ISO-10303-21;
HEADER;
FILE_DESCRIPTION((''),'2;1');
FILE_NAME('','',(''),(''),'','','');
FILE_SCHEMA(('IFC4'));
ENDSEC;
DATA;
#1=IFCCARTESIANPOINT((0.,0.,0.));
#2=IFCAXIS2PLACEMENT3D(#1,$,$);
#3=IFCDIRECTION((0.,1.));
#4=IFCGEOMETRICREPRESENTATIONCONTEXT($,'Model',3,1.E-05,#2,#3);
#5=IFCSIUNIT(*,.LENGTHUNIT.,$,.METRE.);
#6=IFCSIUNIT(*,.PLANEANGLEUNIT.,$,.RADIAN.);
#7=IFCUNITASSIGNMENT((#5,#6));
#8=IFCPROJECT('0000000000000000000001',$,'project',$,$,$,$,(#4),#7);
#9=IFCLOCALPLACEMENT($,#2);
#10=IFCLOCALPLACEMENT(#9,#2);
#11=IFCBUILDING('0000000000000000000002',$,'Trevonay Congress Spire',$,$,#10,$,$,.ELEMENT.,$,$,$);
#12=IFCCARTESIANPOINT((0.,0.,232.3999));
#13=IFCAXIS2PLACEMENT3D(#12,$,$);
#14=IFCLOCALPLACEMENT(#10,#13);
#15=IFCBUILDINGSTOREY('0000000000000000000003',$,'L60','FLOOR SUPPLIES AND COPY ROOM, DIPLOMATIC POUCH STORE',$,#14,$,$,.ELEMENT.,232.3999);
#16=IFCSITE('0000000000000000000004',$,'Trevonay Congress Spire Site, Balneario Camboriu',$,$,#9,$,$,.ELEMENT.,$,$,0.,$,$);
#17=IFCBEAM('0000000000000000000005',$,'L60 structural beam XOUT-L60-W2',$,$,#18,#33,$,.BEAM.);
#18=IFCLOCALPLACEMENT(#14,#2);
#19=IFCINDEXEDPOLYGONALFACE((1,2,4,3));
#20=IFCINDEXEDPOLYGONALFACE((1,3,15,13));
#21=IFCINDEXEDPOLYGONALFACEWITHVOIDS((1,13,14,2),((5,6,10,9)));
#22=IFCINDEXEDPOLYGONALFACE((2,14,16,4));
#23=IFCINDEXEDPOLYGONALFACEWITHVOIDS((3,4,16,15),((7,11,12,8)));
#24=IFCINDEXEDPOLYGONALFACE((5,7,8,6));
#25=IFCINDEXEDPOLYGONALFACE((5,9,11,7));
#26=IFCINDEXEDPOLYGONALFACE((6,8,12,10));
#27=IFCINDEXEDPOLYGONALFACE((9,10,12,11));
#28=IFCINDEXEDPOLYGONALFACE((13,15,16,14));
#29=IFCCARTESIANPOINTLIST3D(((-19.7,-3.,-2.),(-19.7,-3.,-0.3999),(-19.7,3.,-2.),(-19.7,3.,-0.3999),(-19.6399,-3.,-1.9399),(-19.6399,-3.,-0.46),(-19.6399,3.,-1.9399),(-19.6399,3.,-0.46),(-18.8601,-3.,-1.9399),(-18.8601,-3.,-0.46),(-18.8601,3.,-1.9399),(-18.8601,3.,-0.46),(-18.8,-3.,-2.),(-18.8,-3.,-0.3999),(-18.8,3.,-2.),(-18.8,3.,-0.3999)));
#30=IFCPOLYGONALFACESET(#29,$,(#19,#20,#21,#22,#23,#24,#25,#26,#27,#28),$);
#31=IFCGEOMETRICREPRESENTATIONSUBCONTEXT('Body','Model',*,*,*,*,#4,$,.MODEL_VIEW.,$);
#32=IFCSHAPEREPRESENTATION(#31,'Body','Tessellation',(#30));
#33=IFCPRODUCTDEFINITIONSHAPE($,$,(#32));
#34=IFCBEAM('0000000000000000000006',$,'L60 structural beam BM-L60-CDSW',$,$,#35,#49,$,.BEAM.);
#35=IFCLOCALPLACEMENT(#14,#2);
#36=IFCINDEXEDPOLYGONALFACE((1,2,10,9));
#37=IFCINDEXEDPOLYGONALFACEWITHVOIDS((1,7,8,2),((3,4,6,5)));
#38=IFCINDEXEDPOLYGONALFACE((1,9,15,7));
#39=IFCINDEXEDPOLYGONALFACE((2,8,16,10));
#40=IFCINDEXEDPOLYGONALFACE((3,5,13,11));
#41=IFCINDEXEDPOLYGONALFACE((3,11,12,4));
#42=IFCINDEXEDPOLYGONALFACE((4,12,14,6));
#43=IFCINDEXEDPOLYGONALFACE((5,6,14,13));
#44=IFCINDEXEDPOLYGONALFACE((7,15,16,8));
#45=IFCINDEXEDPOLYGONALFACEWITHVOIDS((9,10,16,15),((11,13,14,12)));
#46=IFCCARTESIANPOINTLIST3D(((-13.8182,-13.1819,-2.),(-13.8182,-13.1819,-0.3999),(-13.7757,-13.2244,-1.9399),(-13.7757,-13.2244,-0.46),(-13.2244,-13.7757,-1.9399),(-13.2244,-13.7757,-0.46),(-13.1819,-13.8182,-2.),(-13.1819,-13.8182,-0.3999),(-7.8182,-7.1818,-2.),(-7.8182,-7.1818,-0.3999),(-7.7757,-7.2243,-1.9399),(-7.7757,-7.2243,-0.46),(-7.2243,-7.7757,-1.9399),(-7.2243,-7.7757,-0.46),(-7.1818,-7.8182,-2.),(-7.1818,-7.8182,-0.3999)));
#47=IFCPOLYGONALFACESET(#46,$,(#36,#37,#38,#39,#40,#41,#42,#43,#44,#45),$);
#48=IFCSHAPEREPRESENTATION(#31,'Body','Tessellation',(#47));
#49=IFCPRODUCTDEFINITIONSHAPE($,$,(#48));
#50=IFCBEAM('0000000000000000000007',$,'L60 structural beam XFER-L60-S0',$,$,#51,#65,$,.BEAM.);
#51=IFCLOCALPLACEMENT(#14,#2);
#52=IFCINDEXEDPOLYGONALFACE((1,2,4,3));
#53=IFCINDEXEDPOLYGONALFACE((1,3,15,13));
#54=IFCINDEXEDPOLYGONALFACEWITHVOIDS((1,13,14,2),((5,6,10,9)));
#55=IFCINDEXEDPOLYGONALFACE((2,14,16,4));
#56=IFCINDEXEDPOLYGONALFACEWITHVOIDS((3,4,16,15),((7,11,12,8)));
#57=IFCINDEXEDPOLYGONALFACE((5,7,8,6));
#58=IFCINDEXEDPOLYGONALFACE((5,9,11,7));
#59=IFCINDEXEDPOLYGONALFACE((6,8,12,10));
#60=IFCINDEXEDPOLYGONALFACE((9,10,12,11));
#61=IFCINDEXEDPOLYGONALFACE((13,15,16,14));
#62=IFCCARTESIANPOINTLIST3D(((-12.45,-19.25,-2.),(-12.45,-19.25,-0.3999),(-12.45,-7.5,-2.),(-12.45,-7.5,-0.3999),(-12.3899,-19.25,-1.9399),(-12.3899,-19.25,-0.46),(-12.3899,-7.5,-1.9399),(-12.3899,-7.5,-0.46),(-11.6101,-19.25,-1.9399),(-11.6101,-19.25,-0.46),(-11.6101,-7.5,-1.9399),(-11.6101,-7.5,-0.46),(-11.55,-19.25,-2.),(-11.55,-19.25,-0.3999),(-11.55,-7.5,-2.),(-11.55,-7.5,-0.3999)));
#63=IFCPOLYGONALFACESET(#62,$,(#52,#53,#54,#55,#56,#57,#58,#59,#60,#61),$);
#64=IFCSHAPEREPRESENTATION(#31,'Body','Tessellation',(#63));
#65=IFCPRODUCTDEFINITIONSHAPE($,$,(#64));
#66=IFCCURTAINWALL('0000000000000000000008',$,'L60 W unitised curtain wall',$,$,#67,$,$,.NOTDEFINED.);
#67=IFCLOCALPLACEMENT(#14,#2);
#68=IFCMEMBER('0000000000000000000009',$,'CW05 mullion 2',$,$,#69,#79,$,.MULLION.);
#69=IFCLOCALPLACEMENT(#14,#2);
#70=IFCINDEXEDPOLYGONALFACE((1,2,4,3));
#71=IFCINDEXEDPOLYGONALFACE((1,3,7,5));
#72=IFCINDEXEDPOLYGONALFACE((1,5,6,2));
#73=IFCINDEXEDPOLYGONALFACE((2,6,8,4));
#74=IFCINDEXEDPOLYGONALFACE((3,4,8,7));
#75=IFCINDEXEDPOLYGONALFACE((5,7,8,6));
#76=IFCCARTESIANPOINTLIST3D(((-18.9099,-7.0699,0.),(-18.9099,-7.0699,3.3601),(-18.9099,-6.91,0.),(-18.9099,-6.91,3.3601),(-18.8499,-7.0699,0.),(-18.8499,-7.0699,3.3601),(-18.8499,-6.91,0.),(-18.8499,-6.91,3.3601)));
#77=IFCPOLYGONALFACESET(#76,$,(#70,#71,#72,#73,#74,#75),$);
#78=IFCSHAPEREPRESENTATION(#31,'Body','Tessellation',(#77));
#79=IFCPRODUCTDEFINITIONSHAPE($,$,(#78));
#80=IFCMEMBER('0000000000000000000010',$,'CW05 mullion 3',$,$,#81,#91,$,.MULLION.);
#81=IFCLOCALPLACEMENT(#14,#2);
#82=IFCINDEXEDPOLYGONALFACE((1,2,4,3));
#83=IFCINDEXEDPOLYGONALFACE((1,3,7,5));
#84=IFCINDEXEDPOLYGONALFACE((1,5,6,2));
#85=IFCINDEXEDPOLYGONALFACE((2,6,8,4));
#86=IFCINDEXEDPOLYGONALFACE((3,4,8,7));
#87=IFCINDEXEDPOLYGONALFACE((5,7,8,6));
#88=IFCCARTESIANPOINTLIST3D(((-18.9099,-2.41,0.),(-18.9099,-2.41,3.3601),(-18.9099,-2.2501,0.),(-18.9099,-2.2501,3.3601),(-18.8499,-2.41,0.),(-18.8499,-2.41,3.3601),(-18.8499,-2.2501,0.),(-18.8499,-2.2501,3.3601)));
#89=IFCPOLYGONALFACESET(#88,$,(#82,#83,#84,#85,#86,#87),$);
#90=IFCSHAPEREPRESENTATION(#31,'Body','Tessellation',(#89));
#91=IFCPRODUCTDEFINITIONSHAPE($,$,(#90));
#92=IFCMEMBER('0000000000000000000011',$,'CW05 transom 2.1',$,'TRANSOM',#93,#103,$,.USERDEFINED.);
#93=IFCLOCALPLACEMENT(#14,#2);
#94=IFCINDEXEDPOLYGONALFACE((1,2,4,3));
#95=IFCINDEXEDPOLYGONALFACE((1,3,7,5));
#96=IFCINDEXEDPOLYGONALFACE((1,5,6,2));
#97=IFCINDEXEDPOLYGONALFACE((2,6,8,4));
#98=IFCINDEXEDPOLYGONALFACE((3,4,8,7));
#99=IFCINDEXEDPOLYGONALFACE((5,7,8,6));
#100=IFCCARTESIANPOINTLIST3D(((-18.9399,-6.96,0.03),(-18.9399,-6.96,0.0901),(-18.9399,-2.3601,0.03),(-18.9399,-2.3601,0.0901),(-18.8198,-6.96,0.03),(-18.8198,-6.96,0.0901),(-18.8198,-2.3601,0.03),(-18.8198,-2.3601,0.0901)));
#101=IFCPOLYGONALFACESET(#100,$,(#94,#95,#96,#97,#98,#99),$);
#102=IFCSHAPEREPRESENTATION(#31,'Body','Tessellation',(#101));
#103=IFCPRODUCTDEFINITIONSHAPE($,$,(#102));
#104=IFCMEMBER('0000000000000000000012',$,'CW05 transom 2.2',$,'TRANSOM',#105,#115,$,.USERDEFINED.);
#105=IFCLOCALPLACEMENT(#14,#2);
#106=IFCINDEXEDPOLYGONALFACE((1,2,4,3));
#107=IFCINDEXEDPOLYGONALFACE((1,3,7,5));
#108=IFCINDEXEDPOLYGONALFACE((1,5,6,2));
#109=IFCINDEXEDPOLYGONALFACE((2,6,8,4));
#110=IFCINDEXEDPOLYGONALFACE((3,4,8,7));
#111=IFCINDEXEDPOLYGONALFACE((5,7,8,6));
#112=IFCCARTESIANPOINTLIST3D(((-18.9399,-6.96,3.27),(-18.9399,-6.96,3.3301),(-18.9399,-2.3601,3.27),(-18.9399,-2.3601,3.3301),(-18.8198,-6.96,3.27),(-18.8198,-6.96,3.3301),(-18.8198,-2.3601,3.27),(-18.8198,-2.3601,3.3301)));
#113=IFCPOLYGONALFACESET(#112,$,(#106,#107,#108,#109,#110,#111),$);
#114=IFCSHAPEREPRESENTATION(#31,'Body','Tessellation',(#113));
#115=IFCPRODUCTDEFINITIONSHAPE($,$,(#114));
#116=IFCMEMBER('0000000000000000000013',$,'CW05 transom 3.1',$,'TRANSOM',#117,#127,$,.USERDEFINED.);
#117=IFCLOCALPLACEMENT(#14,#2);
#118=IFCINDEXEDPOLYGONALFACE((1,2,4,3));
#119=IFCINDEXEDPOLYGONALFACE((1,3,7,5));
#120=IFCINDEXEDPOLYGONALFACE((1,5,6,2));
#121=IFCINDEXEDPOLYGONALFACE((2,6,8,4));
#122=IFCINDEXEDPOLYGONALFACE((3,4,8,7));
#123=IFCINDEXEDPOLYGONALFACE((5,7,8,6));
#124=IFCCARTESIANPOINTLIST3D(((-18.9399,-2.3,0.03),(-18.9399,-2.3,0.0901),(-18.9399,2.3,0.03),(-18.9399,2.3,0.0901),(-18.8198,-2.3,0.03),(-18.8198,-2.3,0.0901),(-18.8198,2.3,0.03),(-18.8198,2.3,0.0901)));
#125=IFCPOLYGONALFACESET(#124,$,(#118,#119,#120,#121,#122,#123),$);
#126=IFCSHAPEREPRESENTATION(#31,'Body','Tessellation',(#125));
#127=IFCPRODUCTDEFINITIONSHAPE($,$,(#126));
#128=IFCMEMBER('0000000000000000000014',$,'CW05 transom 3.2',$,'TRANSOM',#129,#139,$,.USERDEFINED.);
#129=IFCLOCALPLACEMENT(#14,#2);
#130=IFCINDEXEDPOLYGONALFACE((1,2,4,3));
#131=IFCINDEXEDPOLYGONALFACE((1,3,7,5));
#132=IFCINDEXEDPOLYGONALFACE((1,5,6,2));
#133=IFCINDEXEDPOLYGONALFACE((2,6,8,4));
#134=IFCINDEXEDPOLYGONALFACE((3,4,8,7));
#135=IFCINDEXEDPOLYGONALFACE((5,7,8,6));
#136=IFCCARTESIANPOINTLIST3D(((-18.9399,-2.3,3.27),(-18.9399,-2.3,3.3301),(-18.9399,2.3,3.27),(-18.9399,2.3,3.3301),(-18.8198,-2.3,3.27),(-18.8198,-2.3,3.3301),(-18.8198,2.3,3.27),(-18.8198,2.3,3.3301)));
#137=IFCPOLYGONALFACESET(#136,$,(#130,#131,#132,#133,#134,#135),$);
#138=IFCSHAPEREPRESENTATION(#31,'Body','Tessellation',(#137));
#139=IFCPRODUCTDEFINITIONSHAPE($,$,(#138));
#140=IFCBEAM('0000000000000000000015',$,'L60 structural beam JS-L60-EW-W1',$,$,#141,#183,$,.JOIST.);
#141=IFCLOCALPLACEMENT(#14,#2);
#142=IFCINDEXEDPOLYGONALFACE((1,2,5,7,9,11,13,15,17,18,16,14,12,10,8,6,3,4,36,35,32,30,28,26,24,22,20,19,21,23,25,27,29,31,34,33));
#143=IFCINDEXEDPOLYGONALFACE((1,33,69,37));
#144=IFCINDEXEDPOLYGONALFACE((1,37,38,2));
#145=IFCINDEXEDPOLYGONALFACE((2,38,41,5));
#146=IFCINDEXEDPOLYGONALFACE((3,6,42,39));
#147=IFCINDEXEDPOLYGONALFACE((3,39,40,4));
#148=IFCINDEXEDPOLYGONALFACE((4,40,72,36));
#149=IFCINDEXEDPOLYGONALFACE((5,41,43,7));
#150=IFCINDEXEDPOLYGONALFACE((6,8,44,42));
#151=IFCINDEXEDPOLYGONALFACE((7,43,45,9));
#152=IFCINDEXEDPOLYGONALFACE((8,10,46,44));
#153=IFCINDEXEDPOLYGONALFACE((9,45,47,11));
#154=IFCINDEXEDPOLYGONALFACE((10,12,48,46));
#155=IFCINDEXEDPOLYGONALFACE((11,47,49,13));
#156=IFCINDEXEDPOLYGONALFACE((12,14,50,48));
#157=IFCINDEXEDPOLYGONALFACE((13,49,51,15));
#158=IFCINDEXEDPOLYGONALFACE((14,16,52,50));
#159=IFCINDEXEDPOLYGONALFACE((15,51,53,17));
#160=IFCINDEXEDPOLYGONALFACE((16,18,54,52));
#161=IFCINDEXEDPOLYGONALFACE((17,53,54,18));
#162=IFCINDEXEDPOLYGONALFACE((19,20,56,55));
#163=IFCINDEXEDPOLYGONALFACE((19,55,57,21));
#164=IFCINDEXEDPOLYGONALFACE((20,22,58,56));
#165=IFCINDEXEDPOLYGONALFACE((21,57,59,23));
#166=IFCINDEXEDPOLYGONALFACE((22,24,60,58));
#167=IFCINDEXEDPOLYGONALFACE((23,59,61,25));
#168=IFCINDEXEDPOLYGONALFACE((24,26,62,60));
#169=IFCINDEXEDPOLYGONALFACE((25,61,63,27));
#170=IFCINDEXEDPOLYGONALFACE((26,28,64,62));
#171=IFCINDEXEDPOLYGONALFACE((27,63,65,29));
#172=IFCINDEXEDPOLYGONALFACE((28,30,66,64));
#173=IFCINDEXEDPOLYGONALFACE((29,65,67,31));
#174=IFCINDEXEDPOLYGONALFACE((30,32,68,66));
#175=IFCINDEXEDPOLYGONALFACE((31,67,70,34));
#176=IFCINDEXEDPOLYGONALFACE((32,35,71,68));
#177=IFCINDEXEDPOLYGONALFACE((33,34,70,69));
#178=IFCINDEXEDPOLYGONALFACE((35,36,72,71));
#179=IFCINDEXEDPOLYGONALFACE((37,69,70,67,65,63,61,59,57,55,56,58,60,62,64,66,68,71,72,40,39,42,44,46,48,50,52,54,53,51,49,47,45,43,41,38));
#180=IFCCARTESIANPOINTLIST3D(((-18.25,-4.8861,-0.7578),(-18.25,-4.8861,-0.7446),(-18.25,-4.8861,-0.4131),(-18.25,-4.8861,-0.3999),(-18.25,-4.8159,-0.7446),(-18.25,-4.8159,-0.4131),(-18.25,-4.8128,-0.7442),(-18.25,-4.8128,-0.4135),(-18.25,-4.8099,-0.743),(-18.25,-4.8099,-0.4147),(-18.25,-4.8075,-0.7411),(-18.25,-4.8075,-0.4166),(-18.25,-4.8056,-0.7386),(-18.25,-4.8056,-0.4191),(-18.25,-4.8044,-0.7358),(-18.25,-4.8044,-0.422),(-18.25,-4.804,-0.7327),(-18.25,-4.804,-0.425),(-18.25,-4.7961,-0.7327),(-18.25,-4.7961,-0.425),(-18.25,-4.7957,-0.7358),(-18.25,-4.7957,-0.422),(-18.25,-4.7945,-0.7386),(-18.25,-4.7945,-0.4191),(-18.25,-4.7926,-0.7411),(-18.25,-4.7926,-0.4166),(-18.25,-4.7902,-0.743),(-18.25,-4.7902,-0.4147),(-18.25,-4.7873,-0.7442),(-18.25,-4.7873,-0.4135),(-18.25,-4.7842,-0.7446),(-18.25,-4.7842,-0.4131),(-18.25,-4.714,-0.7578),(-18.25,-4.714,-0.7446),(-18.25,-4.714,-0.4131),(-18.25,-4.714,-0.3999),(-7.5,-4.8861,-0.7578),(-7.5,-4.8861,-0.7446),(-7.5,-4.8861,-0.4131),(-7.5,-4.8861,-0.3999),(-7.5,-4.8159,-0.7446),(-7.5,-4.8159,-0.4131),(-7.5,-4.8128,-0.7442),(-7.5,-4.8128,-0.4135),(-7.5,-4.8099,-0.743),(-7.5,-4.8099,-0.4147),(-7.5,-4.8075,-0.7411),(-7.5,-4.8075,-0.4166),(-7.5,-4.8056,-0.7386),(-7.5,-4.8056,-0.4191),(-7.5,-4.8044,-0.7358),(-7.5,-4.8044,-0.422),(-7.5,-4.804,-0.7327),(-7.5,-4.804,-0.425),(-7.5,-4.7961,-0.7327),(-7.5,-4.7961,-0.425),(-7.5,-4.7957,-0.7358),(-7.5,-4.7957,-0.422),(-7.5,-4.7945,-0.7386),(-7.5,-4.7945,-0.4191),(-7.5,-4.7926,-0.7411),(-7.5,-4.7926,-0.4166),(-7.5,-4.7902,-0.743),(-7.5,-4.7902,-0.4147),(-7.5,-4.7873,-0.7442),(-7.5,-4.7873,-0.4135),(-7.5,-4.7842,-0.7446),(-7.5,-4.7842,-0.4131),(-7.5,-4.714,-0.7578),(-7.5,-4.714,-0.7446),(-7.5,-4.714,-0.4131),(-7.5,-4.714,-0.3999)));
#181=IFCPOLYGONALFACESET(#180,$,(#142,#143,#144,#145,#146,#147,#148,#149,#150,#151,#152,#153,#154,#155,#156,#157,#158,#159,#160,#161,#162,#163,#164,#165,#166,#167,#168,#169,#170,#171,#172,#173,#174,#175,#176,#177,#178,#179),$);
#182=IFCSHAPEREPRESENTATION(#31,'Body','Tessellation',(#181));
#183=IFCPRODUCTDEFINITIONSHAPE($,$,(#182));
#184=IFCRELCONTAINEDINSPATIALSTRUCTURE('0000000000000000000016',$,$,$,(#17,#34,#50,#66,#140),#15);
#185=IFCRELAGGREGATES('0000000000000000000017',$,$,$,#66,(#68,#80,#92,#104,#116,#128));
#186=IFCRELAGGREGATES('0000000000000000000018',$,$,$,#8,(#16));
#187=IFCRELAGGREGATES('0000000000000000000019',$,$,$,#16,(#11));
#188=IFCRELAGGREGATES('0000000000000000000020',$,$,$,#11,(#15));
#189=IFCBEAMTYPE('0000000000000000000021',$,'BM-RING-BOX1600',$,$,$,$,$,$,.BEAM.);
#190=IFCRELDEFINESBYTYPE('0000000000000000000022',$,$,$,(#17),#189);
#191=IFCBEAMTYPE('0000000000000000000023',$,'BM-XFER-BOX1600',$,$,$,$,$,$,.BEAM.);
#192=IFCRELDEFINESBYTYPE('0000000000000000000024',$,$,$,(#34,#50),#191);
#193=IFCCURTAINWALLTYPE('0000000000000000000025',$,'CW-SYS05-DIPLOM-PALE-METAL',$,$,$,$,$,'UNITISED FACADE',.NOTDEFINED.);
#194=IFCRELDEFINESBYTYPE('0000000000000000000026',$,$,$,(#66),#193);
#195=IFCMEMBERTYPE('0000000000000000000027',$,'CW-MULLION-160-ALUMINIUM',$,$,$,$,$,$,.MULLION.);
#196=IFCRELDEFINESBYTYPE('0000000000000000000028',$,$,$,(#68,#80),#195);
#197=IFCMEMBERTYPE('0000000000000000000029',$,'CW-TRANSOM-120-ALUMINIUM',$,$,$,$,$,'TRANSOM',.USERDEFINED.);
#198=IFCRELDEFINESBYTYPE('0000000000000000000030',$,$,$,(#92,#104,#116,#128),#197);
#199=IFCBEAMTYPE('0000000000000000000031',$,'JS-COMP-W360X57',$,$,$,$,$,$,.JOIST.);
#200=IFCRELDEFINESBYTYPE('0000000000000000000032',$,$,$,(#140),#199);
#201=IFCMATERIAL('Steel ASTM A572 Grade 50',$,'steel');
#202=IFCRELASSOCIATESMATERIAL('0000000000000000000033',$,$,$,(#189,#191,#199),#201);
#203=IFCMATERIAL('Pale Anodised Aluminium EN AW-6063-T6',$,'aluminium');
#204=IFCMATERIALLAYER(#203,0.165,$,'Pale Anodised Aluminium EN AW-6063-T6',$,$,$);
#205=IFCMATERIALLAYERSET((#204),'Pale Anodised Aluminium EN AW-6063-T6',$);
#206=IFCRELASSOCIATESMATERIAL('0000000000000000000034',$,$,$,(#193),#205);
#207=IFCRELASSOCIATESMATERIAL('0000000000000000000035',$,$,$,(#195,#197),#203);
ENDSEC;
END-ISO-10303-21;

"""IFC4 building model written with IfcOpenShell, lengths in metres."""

from ifc_helpers import new_model, si_unit, direction, frame, origin, origin_2d, place, context, subcontext, project, spatial, rectangle, hollow_rectangle, i_section, extrude, material, layer, layer_set, material_profile, profile_set, type_object, element, aggregate, save


model = new_model("IFC4")

# Units and contexts
model_context = context("Model", 3, precision=1e-05, world=origin(), true_north=direction((0.0, 1.0)))
body_context = subcontext(model_context, "Body", "Model", "MODEL_VIEW")
ifc_project = project(units=[si_unit("LENGTHUNIT", "METRE"), si_unit("PLANEANGLEUNIT", "RADIAN")], contexts=[model_context])

# Site, building, storey
site_placement = place(None, origin())
site = spatial("IfcSite", under=ifc_project, at=site_placement, Name="Trevonay Congress Spire Site, Balneario Camboriu", CompositionType="ELEMENT", RefElevation=0.0)
building_placement = place(site_placement, origin())
building = spatial("IfcBuilding", under=site, at=building_placement, Name="Trevonay Congress Spire", CompositionType="ELEMENT")
storey_placement = place(building_placement, frame((0.0, 0.0, 232.3999)))
storey = spatial("IfcBuildingStorey", under=building, at=storey_placement, Name="L60", Description="FLOOR SUPPLIES AND COPY ROOM, DIPLOMATIC POUCH STORE", CompositionType="ELEMENT", Elevation=232.3999)

# Shared definitions
ifc_material_1 = material(Name="Steel ASTM A572 Grade 50", Category="steel")

# Beams
ifc_material_profile_1 = material_profile(ifc_material_1, hollow_rectangle(XDim=0.8999, YDim=1.6001, WallThickness=0.0601, at=origin_2d()), Name="BOX 1600x900x60")
ifc_profile_set_1 = profile_set([ifc_material_profile_1], Name="Steel ASTM A572 Grade 50")
beam_type_1 = type_object("IfcBeamType", Name="BM-RING-BOX1600", PredefinedType="BEAM", material=ifc_profile_set_1)
beam_1_placement = place(storey_placement, frame((-19.25, -3.0, -1.2), z_axis=(0.0, 1.0, 0.0), x_axis=(-1.0, 0.0, 0.0)))
element("IfcBeam", 1, at=beam_1_placement, inside=storey, type_object=beam_type_1, Name="L60 structural beam XOUT-L60-W2", PredefinedType="BEAM", context=body_context, shape_type="SweptSolid", body=[
    extrude(hollow_rectangle(XDim=0.8999, YDim=1.6001, WallThickness=0.0601, at=origin_2d()), origin(), (0.0, 0.0, 1.0), 6.0),
])
ifc_material_profile_2 = material_profile(ifc_material_1, hollow_rectangle(XDim=0.8999, YDim=1.6001, WallThickness=0.0601, at=origin_2d()), Name="BOX 1600x900x60")
ifc_profile_set_2 = profile_set([ifc_material_profile_2], Name="Steel ASTM A572 Grade 50")
beam_type_2 = type_object("IfcBeamType", Name="BM-XFER-BOX1600", PredefinedType="BEAM", material=ifc_profile_set_2)
beam_2_placement = place(storey_placement, frame((-7.5, -7.5, -1.2), z_axis=(-0.707107, -0.707107, 0.0), x_axis=(0.707107, -0.707107, 0.0)))
element("IfcBeam", 2, at=beam_2_placement, inside=storey, type_object=beam_type_2, Name="L60 structural beam BM-L60-CDSW", PredefinedType="BEAM", context=body_context, shape_type="SweptSolid", body=[
    extrude(hollow_rectangle(XDim=0.8999, YDim=1.6001, WallThickness=0.0601, at=origin_2d()), origin(), (0.0, 0.0, 1.0), 8.4854),
])
beam_3_placement = place(storey_placement, frame((-12.0, -7.5, -1.2), z_axis=(0.0, -1.0, 0.0), x_axis=(1.0, 0.0, 0.0)))
element("IfcBeam", 3, at=beam_3_placement, inside=storey, type_object=beam_type_2, Name="L60 structural beam XFER-L60-S0", PredefinedType="BEAM", context=body_context, shape_type="SweptSolid", body=[
    extrude(hollow_rectangle(XDim=0.8999, YDim=1.6001, WallThickness=0.0601, at=origin_2d()), origin(), (0.0, 0.0, 1.0), 11.75),
])

# Curtain wall, members
ifc_material_2 = material(Name="Pale Anodised Aluminium EN AW-6063-T6", Category="aluminium")
ifc_layer_1 = layer(ifc_material_2, 0.165, Name="Pale Anodised Aluminium EN AW-6063-T6")
ifc_layer_set_1 = layer_set([ifc_layer_1], Name="Pale Anodised Aluminium EN AW-6063-T6")
curtain_wall_type = type_object("IfcCurtainWallType", Name="CW-SYS05-DIPLOM-PALE-METAL", ElementType="UNITISED FACADE", PredefinedType="NOTDEFINED", material=ifc_layer_set_1)
curtain_wall_placement = place(storey_placement, origin())
curtain_wall = element("IfcCurtainWall", 4, at=curtain_wall_placement, inside=storey, type_object=curtain_wall_type, Name="L60 W unitised curtain wall", PredefinedType="NOTDEFINED")
ifc_material_profile_3 = material_profile(ifc_material_2, rectangle(XDim=0.0601, YDim=0.1599, at=origin_2d()), Name="CW-MULLION-160-ALUMINIUM")
ifc_profile_set_3 = profile_set([ifc_material_profile_3], Name="Pale Anodised Aluminium EN AW-6063-T6")
member_type_1 = type_object("IfcMemberType", Name="CW-MULLION-160-ALUMINIUM", PredefinedType="MULLION", material=ifc_profile_set_3)
member_1_placement = place(storey_placement, frame((-18.8799, -6.99, 0.0), z_axis=(0.0, 0.0, 1.0), x_axis=(-1.0, 0.0, 0.0)))
member_1 = element("IfcMember", 5, at=member_1_placement, type_object=member_type_1, Name="CW05 mullion 2", PredefinedType="MULLION", context=body_context, shape_type="SweptSolid", body=[
    extrude(rectangle(XDim=0.0601, YDim=0.1599, at=origin_2d()), origin(), (0.0, 0.0, 1.0), 3.3601),
])
member_2_placement = place(storey_placement, frame((-18.8799, -2.3301, 0.0), z_axis=(0.0, 0.0, 1.0), x_axis=(-1.0, 0.0, 0.0)))
member_2 = element("IfcMember", 6, at=member_2_placement, type_object=member_type_1, Name="CW05 mullion 3", PredefinedType="MULLION", context=body_context, shape_type="SweptSolid", body=[
    extrude(rectangle(XDim=0.0601, YDim=0.1599, at=origin_2d()), origin(), (0.0, 0.0, 1.0), 3.3601),
])
ifc_material_profile_4 = material_profile(ifc_material_2, rectangle(XDim=0.1201, YDim=0.0601, at=origin_2d()), Name="CW-TRANSOM-120-ALUMINIUM")
ifc_profile_set_4 = profile_set([ifc_material_profile_4], Name="Pale Anodised Aluminium EN AW-6063-T6")
member_type_2 = type_object("IfcMemberType", Name="CW-TRANSOM-120-ALUMINIUM", ElementType="TRANSOM", PredefinedType="USERDEFINED", material=ifc_profile_set_4)
member_3_placement = place(storey_placement, frame((-18.8799, -6.96, 0.0601), z_axis=(0.0, 1.0, 0.0), x_axis=(-1.0, 0.0, 0.0)))
member_3 = element("IfcMember", 7, at=member_3_placement, type_object=member_type_2, Name="CW05 transom 2.1", ObjectType="TRANSOM", PredefinedType="USERDEFINED", context=body_context, shape_type="SweptSolid", body=[
    extrude(rectangle(XDim=0.1201, YDim=0.0601, at=origin_2d()), origin(), (0.0, 0.0, 1.0), 4.5999),
])
member_4_placement = place(storey_placement, frame((-18.8799, -6.96, 3.3), z_axis=(0.0, 1.0, 0.0), x_axis=(-1.0, 0.0, 0.0)))
member_4 = element("IfcMember", 8, at=member_4_placement, type_object=member_type_2, Name="CW05 transom 2.2", ObjectType="TRANSOM", PredefinedType="USERDEFINED", context=body_context, shape_type="SweptSolid", body=[
    extrude(rectangle(XDim=0.1201, YDim=0.0601, at=origin_2d()), origin(), (0.0, 0.0, 1.0), 4.5999),
])
member_5_placement = place(storey_placement, frame((-18.8799, -2.3, 0.0601), z_axis=(0.0, 1.0, 0.0), x_axis=(-1.0, 0.0, 0.0)))
member_5 = element("IfcMember", 9, at=member_5_placement, type_object=member_type_2, Name="CW05 transom 3.1", ObjectType="TRANSOM", PredefinedType="USERDEFINED", context=body_context, shape_type="SweptSolid", body=[
    extrude(rectangle(XDim=0.1201, YDim=0.0601, at=origin_2d()), origin(), (0.0, 0.0, 1.0), 4.6001),
])
member_6_placement = place(storey_placement, frame((-18.8799, -2.3, 3.3), z_axis=(0.0, 1.0, 0.0), x_axis=(-1.0, 0.0, 0.0)))
member_6 = element("IfcMember", 10, at=member_6_placement, type_object=member_type_2, Name="CW05 transom 3.2", ObjectType="TRANSOM", PredefinedType="USERDEFINED", context=body_context, shape_type="SweptSolid", body=[
    extrude(rectangle(XDim=0.1201, YDim=0.0601, at=origin_2d()), origin(), (0.0, 0.0, 1.0), 4.6001),
])

# Beam
ifc_material_profile_5 = material_profile(ifc_material_1, i_section(OverallWidth=0.1721, OverallDepth=0.3579, WebThickness=0.0078, FlangeThickness=0.0132, FilletRadius=0.012, at=origin_2d()), Name="W360x57.8")
ifc_profile_set_5 = profile_set([ifc_material_profile_5], Name="Steel ASTM A572 Grade 50")
beam_type_3 = type_object("IfcBeamType", Name="JS-COMP-W360X57", PredefinedType="JOIST", material=ifc_profile_set_5)
beam_4_placement = place(storey_placement, frame((-18.25, -4.8, -0.5789), z_axis=(1.0, 0.0, 0.0), x_axis=(0.0, 1.0, 0.0)))
element("IfcBeam", 11, at=beam_4_placement, inside=storey, type_object=beam_type_3, Name="L60 structural beam JS-L60-EW-W1", PredefinedType="JOIST", context=body_context, shape_type="SweptSolid", body=[
    extrude(i_section(OverallWidth=0.1721, OverallDepth=0.3579, WebThickness=0.0078, FlangeThickness=0.0132, FilletRadius=0.012, at=origin_2d()), origin(), (0.0, 0.0, 1.0), 10.75),
])

aggregate(curtain_wall, [member_1, member_2, member_3, member_4, member_5, member_6])

save(model, "model.ifc")
